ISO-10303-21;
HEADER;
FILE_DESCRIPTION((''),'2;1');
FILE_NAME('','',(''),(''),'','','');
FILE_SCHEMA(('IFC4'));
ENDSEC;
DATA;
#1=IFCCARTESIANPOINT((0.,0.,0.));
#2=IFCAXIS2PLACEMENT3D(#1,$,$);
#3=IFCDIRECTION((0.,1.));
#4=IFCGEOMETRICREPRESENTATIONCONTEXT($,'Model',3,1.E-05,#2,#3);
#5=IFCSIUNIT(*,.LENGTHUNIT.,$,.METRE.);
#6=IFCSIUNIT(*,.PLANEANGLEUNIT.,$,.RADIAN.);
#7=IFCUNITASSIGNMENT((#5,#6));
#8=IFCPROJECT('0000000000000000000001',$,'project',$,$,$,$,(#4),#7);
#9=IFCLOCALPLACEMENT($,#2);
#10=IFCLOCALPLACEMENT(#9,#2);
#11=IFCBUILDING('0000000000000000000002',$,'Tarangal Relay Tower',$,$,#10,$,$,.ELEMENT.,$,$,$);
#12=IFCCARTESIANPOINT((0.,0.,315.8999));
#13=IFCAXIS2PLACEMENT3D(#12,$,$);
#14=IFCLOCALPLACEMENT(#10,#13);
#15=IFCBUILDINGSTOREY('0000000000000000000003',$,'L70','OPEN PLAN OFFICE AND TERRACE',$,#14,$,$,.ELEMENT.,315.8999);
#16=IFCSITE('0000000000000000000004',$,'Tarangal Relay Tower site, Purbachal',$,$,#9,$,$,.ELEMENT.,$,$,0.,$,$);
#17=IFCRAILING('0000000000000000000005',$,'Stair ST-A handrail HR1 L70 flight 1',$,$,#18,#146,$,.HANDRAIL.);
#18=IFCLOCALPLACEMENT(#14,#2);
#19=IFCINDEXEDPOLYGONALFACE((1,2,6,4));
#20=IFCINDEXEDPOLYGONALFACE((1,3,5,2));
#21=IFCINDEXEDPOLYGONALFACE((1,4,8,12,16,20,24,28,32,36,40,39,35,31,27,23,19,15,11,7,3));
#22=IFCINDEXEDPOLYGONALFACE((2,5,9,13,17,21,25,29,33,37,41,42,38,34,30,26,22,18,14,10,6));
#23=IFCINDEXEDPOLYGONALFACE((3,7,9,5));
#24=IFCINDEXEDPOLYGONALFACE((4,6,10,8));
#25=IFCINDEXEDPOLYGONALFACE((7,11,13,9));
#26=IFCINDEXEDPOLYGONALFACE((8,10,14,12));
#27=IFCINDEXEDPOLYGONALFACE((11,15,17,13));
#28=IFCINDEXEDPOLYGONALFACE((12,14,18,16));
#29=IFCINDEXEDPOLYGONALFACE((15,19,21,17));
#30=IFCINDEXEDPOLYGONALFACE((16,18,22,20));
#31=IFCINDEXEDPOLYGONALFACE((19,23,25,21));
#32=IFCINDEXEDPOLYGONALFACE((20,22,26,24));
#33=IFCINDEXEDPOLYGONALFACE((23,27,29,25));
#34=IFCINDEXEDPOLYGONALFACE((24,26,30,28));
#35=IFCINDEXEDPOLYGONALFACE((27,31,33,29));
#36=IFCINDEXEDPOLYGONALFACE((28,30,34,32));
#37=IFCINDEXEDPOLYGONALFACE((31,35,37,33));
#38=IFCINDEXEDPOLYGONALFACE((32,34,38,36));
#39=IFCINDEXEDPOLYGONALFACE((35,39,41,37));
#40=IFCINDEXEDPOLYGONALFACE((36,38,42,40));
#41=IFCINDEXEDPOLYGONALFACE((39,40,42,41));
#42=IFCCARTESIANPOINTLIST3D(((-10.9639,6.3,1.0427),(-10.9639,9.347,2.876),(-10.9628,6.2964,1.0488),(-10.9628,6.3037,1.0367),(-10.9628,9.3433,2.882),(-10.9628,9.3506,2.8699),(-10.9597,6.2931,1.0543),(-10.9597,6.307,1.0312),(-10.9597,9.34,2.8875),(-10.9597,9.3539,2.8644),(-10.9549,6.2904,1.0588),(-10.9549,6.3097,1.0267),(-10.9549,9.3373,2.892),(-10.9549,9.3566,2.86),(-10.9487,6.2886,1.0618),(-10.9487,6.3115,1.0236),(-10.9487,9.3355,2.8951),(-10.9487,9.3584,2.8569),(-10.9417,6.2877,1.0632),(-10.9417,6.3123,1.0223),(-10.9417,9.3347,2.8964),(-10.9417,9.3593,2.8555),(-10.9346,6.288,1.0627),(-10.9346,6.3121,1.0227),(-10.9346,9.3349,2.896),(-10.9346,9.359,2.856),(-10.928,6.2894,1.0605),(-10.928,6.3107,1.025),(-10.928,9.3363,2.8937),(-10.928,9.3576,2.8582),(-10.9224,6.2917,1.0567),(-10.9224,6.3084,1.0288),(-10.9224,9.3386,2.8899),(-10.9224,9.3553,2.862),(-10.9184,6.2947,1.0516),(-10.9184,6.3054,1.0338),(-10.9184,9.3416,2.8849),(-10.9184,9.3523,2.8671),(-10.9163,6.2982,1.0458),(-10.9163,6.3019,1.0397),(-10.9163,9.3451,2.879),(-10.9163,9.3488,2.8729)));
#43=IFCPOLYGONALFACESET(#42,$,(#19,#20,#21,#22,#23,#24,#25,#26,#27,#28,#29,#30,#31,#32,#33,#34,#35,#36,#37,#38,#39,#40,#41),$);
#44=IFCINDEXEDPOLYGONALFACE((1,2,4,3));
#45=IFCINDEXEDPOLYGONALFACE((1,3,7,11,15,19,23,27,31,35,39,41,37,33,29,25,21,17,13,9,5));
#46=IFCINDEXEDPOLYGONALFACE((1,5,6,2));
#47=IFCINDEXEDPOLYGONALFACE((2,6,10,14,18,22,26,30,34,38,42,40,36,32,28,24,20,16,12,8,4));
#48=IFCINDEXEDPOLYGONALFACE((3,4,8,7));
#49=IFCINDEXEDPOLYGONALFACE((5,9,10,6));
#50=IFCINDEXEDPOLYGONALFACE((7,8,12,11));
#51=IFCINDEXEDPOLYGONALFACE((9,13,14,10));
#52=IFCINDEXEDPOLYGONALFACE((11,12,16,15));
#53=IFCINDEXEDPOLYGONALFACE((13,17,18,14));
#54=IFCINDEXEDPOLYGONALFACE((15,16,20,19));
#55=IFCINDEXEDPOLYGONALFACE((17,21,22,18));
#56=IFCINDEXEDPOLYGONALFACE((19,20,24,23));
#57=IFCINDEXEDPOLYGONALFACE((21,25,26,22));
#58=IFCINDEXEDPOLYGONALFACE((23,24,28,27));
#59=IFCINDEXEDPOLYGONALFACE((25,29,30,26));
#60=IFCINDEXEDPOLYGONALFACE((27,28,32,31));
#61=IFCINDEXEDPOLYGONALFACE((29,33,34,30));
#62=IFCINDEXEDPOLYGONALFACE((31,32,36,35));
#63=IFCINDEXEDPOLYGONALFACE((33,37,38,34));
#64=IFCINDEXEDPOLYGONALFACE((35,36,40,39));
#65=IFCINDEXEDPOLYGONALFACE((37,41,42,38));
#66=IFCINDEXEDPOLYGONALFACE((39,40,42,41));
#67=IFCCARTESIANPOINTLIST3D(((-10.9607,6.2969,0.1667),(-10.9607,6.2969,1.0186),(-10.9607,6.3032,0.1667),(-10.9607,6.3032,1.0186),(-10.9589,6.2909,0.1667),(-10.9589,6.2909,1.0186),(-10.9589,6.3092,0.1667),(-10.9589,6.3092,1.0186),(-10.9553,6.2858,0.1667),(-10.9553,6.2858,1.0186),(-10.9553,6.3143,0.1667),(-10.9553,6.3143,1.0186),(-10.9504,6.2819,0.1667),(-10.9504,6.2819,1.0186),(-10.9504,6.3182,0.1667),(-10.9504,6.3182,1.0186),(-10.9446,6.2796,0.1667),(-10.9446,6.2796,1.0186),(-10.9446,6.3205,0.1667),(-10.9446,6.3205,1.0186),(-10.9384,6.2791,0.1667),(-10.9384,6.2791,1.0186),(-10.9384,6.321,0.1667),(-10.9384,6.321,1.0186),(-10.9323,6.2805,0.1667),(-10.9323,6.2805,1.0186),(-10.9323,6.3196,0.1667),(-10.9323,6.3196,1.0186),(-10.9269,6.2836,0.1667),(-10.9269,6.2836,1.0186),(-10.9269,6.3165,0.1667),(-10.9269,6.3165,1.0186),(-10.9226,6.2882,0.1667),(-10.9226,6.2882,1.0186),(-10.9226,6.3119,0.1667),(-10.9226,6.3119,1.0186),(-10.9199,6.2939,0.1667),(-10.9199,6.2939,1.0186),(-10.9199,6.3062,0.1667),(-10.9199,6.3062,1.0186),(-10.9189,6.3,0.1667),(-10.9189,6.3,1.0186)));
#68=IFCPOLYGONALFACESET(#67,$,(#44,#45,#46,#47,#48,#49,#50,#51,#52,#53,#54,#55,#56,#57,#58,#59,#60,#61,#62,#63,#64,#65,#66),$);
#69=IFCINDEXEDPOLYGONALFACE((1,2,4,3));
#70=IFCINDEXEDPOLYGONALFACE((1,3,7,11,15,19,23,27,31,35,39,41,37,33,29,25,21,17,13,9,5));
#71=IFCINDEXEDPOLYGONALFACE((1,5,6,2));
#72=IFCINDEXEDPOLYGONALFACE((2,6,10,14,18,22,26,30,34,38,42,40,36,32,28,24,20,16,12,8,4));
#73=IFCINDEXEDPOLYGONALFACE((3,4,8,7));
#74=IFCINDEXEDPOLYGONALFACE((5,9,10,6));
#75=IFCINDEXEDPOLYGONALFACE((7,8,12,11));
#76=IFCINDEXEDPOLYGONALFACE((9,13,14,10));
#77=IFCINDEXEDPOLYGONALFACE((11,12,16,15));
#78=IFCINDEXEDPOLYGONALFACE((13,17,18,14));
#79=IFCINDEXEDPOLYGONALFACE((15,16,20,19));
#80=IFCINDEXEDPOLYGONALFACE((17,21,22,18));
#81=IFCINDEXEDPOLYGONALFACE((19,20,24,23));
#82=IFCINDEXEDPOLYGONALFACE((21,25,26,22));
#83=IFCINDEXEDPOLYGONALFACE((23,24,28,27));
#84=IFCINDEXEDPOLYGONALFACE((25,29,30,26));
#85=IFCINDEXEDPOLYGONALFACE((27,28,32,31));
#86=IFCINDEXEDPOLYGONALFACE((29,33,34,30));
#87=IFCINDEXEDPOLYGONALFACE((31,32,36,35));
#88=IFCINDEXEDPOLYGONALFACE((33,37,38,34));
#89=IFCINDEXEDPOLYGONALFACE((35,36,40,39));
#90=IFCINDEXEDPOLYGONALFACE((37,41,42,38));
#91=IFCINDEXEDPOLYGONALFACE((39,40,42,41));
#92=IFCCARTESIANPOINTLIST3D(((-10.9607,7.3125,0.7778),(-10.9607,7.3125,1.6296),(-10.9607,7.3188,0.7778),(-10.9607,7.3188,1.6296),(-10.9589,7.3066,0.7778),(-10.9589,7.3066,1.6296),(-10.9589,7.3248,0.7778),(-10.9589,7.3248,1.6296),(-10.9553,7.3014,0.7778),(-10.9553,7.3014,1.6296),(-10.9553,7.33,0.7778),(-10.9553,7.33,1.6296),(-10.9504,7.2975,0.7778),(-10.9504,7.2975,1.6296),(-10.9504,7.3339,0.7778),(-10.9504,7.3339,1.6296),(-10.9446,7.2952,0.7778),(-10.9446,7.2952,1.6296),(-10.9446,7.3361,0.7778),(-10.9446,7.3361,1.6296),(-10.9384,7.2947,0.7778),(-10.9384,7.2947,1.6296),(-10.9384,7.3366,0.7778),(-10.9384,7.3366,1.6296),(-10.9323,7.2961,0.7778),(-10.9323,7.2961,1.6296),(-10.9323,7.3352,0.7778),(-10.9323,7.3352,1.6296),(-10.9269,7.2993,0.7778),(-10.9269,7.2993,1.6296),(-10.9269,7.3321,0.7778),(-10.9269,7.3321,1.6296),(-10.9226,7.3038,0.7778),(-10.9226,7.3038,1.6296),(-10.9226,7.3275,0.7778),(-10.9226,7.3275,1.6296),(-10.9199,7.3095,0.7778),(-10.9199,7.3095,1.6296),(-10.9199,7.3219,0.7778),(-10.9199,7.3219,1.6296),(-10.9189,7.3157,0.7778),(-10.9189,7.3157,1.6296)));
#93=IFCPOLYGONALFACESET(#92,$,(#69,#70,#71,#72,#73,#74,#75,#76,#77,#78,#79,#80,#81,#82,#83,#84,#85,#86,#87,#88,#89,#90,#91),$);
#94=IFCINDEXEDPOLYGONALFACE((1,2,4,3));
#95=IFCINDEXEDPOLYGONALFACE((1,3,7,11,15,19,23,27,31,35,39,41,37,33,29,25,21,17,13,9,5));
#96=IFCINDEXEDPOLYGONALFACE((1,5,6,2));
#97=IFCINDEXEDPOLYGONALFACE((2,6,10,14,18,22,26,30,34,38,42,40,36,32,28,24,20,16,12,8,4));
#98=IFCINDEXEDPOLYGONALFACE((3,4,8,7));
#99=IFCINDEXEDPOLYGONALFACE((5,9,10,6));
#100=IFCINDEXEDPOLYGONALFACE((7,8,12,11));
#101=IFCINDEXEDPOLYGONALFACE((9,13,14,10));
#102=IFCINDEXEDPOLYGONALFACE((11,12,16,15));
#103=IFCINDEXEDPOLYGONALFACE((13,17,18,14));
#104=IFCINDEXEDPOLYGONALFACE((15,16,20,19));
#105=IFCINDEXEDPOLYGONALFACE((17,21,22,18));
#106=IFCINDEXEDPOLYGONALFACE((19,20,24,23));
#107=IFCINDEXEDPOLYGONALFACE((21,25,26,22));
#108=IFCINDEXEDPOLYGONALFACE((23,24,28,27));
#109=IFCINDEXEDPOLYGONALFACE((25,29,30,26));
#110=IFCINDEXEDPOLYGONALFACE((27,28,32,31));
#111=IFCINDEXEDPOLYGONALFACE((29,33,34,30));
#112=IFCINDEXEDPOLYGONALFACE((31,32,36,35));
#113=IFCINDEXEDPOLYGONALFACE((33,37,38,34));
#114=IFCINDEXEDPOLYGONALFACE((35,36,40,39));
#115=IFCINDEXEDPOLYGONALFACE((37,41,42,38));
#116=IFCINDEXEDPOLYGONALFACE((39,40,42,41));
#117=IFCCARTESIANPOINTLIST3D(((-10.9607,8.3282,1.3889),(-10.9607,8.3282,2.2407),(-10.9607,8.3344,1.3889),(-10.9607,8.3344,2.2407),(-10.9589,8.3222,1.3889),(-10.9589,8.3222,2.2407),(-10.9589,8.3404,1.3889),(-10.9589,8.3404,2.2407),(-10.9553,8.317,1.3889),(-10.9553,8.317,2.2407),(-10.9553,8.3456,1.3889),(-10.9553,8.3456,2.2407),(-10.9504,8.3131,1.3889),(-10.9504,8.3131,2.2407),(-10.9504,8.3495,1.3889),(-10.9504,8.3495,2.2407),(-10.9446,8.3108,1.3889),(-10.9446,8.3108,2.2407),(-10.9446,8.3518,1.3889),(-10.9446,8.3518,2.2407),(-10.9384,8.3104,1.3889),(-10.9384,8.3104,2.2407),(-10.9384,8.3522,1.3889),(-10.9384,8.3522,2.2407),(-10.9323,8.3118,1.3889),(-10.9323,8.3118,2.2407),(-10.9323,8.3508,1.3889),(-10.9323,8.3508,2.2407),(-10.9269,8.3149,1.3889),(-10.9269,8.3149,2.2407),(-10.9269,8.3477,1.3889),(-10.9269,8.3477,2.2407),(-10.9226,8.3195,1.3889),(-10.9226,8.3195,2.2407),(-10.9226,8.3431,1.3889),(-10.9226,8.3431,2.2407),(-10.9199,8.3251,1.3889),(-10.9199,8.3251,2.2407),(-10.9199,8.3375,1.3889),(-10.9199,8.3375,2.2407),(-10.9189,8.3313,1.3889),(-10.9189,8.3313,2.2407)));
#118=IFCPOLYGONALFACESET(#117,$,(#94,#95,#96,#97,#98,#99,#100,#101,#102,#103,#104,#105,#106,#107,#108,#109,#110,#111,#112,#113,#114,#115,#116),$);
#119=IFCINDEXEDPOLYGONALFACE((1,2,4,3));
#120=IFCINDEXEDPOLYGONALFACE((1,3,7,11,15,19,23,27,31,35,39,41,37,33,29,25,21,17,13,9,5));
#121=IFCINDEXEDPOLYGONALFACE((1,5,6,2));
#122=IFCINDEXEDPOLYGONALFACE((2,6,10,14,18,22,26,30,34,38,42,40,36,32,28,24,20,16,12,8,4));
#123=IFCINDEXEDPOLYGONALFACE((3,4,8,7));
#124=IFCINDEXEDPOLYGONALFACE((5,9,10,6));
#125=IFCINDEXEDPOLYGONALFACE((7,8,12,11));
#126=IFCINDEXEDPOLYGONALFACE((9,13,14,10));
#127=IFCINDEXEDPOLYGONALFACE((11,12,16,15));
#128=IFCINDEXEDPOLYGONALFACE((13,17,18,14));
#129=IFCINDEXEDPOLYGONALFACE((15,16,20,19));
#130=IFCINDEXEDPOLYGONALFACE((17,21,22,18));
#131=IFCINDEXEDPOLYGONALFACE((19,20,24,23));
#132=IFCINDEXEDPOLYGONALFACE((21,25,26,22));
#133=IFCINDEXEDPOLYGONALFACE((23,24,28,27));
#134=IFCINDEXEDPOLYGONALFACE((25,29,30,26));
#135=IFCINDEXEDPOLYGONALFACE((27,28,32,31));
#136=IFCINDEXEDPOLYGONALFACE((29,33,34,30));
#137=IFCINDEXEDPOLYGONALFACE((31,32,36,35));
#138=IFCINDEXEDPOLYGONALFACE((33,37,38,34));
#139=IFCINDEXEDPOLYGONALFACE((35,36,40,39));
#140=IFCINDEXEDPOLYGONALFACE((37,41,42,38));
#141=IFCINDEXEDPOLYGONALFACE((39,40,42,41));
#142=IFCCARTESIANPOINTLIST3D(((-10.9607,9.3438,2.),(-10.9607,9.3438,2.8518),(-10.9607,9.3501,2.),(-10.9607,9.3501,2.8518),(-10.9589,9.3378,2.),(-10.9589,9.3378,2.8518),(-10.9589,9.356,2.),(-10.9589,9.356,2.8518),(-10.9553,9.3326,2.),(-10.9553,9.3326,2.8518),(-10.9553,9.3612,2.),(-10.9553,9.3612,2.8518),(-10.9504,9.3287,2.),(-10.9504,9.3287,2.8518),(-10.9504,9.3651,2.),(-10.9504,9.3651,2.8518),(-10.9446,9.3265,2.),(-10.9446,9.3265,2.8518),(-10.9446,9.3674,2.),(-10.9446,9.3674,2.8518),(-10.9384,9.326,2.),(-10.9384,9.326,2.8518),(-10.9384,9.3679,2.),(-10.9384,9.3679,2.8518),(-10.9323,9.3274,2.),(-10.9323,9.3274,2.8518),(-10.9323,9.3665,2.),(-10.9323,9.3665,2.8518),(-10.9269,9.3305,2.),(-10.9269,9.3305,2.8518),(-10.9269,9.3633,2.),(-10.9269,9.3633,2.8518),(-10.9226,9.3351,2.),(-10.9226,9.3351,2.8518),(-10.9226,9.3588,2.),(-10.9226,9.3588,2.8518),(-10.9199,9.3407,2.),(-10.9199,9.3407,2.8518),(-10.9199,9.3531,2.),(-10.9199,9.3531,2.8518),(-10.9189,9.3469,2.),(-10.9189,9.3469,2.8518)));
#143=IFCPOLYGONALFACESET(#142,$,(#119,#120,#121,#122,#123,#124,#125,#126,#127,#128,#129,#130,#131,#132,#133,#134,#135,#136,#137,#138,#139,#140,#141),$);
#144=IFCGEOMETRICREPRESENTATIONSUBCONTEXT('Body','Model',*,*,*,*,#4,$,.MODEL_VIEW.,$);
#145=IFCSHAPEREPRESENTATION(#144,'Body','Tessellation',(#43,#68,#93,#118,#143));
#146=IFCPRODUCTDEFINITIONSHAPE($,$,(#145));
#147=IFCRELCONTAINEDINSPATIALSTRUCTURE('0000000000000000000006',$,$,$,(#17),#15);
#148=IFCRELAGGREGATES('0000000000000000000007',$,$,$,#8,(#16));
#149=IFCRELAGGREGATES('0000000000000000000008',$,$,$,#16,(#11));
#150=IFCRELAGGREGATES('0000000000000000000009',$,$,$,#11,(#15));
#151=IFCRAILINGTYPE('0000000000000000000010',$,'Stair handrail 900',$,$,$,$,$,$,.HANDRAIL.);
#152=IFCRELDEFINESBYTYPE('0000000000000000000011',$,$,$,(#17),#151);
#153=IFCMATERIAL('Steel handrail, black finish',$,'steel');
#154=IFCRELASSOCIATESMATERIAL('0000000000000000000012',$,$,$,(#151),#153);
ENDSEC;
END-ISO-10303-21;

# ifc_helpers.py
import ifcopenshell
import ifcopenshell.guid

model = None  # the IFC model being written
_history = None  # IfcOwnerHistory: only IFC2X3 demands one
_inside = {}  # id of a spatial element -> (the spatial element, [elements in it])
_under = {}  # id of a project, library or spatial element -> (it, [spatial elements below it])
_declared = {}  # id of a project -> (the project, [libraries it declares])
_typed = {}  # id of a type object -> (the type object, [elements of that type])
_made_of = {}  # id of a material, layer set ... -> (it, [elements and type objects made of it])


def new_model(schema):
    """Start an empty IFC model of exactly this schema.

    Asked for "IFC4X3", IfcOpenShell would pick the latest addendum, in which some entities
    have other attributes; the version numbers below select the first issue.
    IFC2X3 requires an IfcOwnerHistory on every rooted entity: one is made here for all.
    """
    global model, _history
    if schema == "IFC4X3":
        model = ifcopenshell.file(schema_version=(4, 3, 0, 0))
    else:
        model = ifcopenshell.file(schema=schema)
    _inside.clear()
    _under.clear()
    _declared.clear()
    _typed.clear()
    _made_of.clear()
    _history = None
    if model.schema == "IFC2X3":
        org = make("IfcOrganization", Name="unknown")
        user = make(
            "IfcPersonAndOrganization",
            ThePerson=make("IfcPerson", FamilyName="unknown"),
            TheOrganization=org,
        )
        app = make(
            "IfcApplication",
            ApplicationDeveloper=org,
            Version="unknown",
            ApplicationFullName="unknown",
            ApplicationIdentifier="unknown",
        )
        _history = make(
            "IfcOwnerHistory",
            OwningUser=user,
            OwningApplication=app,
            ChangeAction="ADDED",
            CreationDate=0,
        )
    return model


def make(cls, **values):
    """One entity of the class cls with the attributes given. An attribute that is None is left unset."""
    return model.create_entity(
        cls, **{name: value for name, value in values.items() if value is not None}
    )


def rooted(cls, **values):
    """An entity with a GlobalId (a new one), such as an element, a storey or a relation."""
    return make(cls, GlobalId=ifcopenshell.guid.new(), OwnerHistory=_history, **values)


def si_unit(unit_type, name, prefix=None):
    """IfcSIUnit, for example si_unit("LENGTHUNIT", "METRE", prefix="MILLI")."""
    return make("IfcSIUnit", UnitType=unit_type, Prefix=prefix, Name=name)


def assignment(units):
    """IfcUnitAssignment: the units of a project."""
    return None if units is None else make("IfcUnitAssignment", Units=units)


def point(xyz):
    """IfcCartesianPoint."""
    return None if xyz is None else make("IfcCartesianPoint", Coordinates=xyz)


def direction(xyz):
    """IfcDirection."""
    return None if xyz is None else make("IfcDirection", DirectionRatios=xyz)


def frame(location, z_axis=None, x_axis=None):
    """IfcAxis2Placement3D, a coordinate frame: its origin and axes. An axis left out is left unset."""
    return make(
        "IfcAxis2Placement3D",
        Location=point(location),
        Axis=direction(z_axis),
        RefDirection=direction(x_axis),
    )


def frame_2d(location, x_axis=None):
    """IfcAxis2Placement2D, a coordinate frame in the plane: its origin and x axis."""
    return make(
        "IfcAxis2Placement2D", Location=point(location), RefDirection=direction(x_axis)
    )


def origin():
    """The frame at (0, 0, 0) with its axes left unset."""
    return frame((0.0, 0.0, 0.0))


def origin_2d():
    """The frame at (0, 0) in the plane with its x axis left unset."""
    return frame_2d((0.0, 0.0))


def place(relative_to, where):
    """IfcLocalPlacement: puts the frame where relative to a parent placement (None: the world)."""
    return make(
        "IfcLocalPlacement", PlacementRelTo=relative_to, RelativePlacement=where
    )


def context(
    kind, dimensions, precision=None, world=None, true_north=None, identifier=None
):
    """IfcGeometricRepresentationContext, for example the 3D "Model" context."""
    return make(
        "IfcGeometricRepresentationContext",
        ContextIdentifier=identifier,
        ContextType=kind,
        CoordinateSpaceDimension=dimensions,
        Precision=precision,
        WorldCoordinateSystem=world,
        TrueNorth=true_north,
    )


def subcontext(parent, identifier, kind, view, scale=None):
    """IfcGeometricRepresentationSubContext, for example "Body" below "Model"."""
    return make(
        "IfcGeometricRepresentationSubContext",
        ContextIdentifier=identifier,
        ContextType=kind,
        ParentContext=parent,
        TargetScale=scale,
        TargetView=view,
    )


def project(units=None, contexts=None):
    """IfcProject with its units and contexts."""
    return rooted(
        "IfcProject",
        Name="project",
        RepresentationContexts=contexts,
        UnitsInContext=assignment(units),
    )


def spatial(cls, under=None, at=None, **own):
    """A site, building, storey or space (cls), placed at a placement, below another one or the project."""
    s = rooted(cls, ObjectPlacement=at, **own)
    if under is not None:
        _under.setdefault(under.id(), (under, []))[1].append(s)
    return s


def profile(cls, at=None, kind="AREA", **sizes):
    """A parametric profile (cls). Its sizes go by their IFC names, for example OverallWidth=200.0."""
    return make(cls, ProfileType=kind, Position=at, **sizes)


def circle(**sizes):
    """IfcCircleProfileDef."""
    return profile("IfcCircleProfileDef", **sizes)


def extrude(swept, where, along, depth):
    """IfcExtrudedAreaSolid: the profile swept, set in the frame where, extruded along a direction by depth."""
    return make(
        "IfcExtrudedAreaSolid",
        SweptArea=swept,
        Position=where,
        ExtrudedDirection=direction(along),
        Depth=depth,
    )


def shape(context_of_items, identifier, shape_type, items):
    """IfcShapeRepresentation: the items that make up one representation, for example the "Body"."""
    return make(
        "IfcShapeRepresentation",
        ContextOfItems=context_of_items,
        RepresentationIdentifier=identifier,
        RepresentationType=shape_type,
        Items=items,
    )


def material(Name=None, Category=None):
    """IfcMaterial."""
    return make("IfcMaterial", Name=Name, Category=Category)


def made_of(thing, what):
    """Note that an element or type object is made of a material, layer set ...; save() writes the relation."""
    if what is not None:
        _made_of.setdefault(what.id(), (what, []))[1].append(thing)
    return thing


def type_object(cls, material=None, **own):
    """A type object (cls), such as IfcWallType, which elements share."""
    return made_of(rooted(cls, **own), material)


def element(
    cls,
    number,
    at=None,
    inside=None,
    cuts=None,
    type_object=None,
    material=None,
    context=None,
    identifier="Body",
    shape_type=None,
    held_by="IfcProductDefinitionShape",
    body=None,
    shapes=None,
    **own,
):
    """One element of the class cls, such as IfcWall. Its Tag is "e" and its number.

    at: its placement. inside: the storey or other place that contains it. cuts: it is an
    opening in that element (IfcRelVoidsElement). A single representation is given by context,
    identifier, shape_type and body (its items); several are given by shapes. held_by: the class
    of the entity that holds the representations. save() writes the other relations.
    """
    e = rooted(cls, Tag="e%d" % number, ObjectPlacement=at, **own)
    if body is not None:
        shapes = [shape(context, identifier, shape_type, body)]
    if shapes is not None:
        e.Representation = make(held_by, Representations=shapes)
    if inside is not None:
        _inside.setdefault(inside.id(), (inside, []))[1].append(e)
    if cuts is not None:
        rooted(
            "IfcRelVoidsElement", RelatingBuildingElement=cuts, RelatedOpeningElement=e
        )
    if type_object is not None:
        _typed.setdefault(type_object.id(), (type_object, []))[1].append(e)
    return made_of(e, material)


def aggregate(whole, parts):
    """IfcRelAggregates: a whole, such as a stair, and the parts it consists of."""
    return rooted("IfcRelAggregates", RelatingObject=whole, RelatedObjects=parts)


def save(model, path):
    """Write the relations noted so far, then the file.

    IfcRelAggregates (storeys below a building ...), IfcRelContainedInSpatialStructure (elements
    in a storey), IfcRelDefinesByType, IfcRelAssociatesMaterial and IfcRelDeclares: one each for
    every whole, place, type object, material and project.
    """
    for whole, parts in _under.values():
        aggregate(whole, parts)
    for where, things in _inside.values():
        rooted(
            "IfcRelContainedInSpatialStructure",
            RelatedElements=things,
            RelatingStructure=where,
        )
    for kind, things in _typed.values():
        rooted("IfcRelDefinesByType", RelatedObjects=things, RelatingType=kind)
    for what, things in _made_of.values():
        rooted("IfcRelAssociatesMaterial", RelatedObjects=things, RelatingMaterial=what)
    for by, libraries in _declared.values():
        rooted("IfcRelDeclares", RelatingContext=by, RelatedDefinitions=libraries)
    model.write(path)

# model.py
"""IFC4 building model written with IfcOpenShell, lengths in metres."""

from ifc_helpers import new_model, si_unit, direction, frame, origin, origin_2d, place, context, subcontext, project, spatial, circle, extrude, material, type_object, element, save


model = new_model("IFC4")

# Units and contexts
model_context = context("Model", 3, precision=1e-05, world=origin(), true_north=direction((0.0, 1.0)))
body_context = subcontext(model_context, "Body", "Model", "MODEL_VIEW")
ifc_project = project(units=[si_unit("LENGTHUNIT", "METRE"), si_unit("PLANEANGLEUNIT", "RADIAN")], contexts=[model_context])

# Site, building, storey
site_placement = place(None, origin())
site = spatial("IfcSite", under=ifc_project, at=site_placement, Name="Tarangal Relay Tower site, Purbachal", CompositionType="ELEMENT", RefElevation=0.0)
building_placement = place(site_placement, origin())
building = spatial("IfcBuilding", under=site, at=building_placement, Name="Tarangal Relay Tower", CompositionType="ELEMENT")
storey_placement = place(building_placement, frame((0.0, 0.0, 315.8999)))
storey = spatial("IfcBuildingStorey", under=building, at=storey_placement, Name="L70", Description="OPEN PLAN OFFICE AND TERRACE", CompositionType="ELEMENT", Elevation=315.8999)

# Railing
ifc_material_1 = material(Name="Steel handrail, black finish", Category="steel")
railing_type_1 = type_object("IfcRailingType", Name="Stair handrail 900", PredefinedType="HANDRAIL", material=ifc_material_1)
railing_1_placement = place(storey_placement, frame((-10.9399, 6.3, 0.1667)))
element("IfcRailing", 1, at=railing_1_placement, inside=storey, type_object=railing_type_1, Name="Stair ST-A handrail HR1 L70 flight 1", PredefinedType="HANDRAIL", context=body_context, shape_type="SweptSolid", body=[
    extrude(circle(Radius=0.0239, at=origin_2d()), frame((0.0, 0.0, 0.876), z_axis=(0.0, 0.856856, 0.515556), x_axis=(-1.0, 0.0, 0.0)), (0.0, 0.0, 1.0), 3.5559),
    extrude(circle(Radius=0.021, at=origin_2d()), origin(), (0.0, 0.0, 1.0), 0.8518),
    extrude(circle(Radius=0.021, at=origin_2d()), frame((0.0, 1.0156, 0.6111)), (0.0, 0.0, 1.0), 0.8518),
    extrude(circle(Radius=0.021, at=origin_2d()), frame((0.0, 2.0312, 1.2222)), (0.0, 0.0, 1.0), 0.8518),
    extrude(circle(Radius=0.021, at=origin_2d()), frame((0.0, 3.0469, 1.8333)), (0.0, 0.0, 1.0), 0.8518),
])

save(model, "model.ifc")
